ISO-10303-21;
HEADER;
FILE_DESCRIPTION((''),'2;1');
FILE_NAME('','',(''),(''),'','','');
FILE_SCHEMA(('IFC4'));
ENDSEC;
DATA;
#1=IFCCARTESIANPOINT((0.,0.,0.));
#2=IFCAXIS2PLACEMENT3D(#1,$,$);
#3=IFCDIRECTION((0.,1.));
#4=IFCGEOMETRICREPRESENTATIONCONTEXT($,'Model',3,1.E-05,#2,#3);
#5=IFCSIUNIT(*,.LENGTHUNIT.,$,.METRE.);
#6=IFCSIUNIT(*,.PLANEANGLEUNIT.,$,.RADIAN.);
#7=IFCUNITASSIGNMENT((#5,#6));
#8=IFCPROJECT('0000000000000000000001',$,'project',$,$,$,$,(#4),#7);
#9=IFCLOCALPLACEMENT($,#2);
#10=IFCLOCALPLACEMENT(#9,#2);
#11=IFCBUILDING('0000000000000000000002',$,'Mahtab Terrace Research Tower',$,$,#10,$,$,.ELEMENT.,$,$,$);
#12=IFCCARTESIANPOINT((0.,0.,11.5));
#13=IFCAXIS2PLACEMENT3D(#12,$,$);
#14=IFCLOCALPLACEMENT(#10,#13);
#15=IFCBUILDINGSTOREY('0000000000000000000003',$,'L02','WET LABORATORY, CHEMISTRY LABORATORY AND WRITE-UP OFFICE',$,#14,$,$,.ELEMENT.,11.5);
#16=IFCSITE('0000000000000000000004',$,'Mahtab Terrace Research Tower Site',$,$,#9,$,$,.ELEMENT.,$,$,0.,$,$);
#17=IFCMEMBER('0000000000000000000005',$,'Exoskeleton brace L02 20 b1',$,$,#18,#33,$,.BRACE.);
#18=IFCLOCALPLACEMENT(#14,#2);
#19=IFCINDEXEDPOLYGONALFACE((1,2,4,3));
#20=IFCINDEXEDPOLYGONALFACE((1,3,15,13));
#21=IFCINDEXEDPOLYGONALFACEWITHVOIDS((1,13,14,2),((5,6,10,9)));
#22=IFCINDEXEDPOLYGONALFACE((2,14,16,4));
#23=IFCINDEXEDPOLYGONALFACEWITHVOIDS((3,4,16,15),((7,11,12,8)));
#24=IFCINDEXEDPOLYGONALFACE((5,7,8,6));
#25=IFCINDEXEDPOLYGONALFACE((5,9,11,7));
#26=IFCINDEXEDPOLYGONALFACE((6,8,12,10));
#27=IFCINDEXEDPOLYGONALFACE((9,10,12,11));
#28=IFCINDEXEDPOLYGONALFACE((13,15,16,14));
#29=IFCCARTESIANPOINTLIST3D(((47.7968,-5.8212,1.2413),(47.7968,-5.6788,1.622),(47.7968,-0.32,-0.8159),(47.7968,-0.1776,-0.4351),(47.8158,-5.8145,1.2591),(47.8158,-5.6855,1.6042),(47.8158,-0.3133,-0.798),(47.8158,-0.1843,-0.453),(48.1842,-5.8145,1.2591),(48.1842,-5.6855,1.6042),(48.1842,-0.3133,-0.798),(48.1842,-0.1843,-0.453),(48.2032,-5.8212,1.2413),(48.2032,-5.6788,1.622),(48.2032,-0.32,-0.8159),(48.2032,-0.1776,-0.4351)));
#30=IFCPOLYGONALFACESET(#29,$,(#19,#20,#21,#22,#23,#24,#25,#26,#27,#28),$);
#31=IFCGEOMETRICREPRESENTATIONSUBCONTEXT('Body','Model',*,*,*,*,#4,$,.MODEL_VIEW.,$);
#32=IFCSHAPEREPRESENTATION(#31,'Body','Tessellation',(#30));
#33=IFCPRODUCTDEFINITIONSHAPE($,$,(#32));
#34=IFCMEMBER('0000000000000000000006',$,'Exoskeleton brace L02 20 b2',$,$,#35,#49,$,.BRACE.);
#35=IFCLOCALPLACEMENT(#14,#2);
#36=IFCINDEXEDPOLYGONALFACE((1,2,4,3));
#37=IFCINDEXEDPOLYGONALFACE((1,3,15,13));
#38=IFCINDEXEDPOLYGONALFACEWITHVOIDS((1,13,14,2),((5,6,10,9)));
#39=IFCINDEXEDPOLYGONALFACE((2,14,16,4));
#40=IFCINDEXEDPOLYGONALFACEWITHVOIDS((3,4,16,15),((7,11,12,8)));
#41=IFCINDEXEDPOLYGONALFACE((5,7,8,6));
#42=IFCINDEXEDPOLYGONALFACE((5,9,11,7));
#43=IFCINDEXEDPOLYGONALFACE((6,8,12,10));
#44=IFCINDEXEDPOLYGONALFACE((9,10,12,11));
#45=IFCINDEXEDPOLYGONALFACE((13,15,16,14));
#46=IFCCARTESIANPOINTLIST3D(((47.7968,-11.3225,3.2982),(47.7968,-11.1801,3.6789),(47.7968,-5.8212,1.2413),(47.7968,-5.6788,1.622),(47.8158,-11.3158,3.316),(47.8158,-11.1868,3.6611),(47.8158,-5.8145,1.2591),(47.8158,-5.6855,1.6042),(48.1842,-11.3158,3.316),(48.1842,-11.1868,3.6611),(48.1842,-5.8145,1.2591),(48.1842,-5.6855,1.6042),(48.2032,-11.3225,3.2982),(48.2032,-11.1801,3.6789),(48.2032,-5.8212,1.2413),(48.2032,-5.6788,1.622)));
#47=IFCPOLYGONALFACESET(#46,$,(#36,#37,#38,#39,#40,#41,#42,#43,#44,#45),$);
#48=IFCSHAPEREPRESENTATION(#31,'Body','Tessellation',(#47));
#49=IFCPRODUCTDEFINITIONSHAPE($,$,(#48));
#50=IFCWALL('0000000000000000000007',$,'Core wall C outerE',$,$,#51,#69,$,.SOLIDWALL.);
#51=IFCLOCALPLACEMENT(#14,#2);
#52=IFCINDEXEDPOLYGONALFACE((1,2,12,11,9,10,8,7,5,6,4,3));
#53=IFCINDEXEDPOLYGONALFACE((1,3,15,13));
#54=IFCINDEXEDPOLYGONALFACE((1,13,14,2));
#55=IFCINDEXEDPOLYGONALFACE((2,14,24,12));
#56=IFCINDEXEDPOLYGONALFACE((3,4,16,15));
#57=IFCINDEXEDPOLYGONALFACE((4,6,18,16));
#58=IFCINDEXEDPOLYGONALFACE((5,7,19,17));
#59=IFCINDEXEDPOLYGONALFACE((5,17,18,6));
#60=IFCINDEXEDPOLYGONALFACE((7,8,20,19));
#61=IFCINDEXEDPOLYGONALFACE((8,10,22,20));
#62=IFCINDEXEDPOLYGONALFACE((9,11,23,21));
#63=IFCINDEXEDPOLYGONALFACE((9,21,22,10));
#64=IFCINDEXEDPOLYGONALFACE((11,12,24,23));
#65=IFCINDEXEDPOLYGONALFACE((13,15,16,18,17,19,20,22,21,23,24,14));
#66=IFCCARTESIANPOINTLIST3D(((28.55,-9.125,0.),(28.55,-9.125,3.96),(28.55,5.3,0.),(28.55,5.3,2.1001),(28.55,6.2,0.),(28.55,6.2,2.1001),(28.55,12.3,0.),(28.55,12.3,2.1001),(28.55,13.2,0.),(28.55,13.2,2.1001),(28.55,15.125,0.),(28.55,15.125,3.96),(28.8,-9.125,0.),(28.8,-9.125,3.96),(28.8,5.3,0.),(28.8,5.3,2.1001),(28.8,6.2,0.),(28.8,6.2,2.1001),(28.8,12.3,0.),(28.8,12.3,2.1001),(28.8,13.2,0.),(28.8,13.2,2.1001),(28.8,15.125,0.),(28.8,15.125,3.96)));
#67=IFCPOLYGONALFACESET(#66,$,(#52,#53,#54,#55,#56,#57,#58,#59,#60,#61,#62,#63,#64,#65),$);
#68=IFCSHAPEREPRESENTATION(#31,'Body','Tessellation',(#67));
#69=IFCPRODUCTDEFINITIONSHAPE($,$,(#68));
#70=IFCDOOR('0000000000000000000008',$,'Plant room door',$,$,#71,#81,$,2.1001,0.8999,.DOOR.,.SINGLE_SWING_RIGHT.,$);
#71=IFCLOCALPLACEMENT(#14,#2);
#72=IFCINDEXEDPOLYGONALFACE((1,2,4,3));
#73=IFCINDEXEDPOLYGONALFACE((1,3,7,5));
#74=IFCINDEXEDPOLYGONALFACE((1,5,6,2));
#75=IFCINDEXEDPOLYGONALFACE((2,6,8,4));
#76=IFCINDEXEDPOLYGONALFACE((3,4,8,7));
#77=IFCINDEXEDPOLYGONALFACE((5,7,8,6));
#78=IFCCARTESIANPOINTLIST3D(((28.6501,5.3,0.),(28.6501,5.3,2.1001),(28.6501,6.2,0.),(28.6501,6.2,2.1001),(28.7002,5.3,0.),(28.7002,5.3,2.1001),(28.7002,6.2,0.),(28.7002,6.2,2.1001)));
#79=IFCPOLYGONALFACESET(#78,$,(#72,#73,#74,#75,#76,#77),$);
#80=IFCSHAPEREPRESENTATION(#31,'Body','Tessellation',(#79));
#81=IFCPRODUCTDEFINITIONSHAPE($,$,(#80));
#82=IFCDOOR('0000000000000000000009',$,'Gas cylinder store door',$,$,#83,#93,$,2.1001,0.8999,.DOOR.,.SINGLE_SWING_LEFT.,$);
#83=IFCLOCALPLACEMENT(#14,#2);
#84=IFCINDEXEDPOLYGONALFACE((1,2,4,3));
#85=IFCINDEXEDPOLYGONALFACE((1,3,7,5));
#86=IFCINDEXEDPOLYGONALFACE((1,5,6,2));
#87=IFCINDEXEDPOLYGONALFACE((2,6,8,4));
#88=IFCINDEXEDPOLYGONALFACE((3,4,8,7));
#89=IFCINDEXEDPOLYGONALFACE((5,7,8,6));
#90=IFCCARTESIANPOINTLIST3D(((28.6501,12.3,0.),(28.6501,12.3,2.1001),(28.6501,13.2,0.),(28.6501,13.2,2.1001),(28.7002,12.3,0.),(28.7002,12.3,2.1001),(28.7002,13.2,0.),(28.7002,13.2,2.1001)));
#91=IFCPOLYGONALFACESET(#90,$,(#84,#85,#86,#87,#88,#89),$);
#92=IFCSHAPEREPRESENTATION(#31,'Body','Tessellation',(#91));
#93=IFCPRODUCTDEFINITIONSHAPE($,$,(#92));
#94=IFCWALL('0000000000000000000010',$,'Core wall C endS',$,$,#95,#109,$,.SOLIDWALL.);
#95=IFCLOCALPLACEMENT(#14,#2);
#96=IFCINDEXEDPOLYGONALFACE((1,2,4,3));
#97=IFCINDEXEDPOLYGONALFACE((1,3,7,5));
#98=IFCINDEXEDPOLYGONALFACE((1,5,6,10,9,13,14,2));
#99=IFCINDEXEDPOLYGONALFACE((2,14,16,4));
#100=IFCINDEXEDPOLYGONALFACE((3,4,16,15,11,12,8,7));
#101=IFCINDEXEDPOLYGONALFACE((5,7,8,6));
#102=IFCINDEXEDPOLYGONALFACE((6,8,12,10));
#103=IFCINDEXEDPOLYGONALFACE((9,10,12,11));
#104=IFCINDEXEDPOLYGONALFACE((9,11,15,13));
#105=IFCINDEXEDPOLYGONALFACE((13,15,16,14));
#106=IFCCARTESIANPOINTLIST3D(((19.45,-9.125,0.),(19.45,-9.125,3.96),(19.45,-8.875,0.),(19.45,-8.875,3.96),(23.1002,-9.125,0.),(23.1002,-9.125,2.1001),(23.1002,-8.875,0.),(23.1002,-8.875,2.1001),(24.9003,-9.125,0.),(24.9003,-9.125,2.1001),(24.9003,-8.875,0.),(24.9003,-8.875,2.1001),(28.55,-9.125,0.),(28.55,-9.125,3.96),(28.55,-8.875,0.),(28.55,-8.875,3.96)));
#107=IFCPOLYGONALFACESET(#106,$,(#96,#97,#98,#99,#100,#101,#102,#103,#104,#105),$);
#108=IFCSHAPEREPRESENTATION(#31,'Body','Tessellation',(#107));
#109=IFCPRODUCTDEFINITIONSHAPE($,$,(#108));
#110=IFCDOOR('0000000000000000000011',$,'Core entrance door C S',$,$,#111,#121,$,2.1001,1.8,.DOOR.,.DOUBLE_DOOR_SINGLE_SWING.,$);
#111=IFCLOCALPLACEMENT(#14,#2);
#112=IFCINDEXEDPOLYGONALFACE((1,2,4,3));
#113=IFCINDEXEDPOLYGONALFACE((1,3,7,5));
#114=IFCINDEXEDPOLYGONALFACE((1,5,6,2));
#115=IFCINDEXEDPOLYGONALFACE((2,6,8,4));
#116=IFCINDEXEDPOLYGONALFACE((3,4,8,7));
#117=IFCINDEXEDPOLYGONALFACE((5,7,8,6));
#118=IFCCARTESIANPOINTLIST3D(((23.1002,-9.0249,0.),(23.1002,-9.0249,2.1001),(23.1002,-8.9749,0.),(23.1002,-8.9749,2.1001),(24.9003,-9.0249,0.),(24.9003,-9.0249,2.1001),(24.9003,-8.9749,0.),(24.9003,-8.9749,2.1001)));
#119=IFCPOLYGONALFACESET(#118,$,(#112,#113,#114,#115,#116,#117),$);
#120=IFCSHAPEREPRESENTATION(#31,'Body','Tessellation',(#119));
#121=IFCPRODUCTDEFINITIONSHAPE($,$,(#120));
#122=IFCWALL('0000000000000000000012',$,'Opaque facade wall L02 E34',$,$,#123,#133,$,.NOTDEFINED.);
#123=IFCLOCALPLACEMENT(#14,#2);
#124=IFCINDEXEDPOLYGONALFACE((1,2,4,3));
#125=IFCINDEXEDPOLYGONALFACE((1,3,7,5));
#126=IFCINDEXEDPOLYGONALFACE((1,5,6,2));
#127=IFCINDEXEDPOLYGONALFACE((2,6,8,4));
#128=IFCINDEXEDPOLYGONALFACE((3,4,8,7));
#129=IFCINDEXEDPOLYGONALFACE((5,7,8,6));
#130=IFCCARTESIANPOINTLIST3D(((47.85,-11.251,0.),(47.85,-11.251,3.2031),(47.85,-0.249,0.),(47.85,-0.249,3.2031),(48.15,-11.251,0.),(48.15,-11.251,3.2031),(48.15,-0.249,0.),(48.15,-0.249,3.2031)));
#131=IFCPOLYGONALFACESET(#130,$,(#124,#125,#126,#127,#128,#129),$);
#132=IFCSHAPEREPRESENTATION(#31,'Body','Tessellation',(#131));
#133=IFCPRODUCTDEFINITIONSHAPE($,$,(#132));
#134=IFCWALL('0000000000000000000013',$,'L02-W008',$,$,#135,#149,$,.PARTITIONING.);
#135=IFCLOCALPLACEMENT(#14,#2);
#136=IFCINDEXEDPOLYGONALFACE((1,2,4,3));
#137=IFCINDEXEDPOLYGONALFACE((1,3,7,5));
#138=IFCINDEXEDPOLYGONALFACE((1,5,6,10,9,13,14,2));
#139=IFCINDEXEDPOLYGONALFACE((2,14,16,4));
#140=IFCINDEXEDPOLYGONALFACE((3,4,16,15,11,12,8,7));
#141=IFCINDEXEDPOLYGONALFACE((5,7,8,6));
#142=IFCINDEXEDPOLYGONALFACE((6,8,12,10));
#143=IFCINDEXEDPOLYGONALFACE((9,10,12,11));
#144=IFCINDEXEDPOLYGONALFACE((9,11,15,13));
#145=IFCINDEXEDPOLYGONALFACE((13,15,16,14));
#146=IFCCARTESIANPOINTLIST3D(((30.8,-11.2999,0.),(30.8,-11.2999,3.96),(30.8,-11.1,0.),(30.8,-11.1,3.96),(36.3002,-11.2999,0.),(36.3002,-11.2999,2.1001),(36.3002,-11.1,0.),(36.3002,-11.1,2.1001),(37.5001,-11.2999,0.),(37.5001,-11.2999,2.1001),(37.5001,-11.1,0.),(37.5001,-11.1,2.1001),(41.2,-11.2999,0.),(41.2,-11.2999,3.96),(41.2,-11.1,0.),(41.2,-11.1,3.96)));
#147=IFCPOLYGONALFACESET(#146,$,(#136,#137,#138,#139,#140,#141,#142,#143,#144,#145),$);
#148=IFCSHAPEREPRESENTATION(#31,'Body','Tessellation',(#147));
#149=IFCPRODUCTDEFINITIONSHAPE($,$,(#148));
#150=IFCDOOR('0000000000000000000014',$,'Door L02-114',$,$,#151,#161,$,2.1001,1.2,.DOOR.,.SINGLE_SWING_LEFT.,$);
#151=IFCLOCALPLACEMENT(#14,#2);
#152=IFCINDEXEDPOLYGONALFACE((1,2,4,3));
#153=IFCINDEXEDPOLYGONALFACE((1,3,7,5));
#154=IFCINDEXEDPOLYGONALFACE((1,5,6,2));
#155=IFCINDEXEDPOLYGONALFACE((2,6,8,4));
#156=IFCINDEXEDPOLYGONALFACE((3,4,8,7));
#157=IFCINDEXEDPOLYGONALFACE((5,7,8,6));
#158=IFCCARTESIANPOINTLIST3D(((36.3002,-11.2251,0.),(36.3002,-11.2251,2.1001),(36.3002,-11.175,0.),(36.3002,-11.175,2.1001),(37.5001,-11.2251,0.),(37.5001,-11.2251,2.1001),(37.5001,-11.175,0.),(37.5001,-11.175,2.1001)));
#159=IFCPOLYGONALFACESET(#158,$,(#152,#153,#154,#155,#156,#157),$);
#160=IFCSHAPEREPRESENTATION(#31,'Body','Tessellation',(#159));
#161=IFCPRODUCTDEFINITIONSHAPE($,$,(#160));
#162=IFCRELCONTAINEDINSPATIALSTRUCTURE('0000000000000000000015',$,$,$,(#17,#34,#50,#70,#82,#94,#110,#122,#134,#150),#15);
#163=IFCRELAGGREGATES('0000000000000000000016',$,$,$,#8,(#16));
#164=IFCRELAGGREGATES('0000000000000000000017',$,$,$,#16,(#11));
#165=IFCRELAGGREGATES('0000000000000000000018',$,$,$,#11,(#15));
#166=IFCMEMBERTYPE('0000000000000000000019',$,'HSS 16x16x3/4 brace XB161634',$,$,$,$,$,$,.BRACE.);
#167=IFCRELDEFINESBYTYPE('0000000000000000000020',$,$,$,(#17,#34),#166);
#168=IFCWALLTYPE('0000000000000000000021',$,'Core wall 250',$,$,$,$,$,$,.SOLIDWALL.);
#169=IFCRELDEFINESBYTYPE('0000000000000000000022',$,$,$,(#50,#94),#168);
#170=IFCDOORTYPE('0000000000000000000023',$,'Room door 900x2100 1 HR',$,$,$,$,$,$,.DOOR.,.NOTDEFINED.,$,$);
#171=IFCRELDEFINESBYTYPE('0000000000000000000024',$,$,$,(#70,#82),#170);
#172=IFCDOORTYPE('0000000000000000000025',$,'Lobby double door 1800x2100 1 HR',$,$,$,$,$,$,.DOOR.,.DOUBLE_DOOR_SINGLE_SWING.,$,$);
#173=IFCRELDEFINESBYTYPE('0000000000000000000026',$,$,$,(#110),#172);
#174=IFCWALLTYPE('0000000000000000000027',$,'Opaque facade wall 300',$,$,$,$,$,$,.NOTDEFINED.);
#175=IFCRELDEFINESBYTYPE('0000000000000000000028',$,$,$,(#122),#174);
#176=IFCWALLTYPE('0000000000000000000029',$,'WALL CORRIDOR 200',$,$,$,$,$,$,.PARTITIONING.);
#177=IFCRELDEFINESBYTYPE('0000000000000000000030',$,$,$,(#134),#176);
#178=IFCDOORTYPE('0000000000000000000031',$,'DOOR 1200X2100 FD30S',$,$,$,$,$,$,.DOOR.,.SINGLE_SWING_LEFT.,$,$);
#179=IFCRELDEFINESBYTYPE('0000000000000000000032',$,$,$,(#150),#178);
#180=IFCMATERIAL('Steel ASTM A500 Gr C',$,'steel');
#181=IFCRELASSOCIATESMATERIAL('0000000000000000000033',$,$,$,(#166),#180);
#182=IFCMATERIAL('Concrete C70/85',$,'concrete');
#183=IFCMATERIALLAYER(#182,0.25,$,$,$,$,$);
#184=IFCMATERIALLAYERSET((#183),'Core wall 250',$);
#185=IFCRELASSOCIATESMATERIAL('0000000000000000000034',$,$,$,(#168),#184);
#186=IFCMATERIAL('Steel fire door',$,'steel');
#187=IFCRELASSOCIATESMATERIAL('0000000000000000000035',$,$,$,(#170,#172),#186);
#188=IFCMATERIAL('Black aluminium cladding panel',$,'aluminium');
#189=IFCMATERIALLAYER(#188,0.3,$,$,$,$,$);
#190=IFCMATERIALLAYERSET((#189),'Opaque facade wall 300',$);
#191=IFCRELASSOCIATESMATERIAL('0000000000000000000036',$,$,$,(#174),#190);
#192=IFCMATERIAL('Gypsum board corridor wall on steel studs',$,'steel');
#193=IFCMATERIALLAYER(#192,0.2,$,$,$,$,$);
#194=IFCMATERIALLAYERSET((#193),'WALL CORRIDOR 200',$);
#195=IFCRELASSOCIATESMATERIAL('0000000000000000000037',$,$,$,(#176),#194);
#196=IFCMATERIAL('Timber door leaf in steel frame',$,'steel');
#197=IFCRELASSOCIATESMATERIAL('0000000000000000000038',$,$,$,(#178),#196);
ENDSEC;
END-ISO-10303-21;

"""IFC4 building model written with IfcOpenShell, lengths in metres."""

from ifc_helpers import new_model, si_unit, direction, frame, frame_2d, origin, origin_2d, place, context, subcontext, project, spatial, rectangle, hollow_rectangle, extrude, material, layer, layer_set, material_profile, profile_set, type_object, element, fill, save


model = new_model("IFC4")

# Units and contexts
model_context = context("Model", 3, precision=1e-05, world=origin(), true_north=direction((0.0, 1.0)))
body_context = subcontext(model_context, "Body", "Model", "MODEL_VIEW")
ifc_project = project(units=[si_unit("LENGTHUNIT", "METRE"), si_unit("PLANEANGLEUNIT", "RADIAN")], contexts=[model_context])

# Site, building, storey
site_placement = place(None, origin())
site = spatial("IfcSite", under=ifc_project, at=site_placement, Name="Mahtab Terrace Research Tower Site", CompositionType="ELEMENT", RefElevation=0.0)
building_placement = place(site_placement, origin())
building = spatial("IfcBuilding", under=site, at=building_placement, Name="Mahtab Terrace Research Tower", CompositionType="ELEMENT")
storey_placement = place(building_placement, frame((0.0, 0.0, 11.5)))
storey = spatial("IfcBuildingStorey", under=building, at=storey_placement, Name="L02", Description="WET LABORATORY, CHEMISTRY LABORATORY AND WRITE-UP OFFICE", CompositionType="ELEMENT", Elevation=11.5)

# Members
ifc_material_1 = material(Name="Steel ASTM A500 Gr C", Category="steel")
ifc_material_profile = material_profile(ifc_material_1, hollow_rectangle(XDim=0.4065, YDim=0.4065, WallThickness=0.019, at=origin_2d()), Name="HSS16X16X3/4")
ifc_profile_set = profile_set([ifc_material_profile], Name="Steel ASTM A500 Gr C")
member_type = type_object("IfcMemberType", Name="HSS 16x16x3/4 brace XB161634", PredefinedType="BRACE", material=ifc_profile_set)
for number, where, z_axis, x_axis, name in (
    (1, (48.0, -0.2488, -0.6255), (0.0, -0.936655, 0.350253), (1.0, 0.0, 0.0), "Exoskeleton brace L02 20 b1"),
    (2, (48.0, -5.75, 1.4316), (0.0, -0.936669, 0.350217), (1.0, 0.0, 0.0), "Exoskeleton brace L02 20 b2"),
):
    element("IfcMember", number, at=place(storey_placement, frame(where, z_axis=z_axis, x_axis=x_axis)), inside=storey, type_object=member_type, Name=name, PredefinedType="BRACE", context=body_context, shape_type="SweptSolid", body=[
        extrude(hollow_rectangle(XDim=0.4065, YDim=0.4065, WallThickness=0.019, at=origin_2d()), origin(), (0.0, 0.0, 1.0), 5.8733),
    ])

# Wall, openings, doors
ifc_material_2 = material(Name="Concrete C70/85", Category="concrete")
ifc_layer_1 = layer(ifc_material_2, 0.25)
ifc_layer_set_1 = layer_set([ifc_layer_1], Name="Core wall 250")
wall_type_1 = type_object("IfcWallType", Name="Core wall 250", PredefinedType="SOLIDWALL", material=ifc_layer_set_1)
wall_1_placement = place(storey_placement, frame((28.675, -9.125, 0.0), z_axis=(0.0, 0.0, 1.0), x_axis=(0.0, 1.0, 0.0)))
wall_1 = element("IfcWall", 3, at=wall_1_placement, inside=storey, type_object=wall_type_1, Name="Core wall C outerE", PredefinedType="SOLIDWALL", context=body_context, shape_type="SweptSolid", body=[
    extrude(rectangle(XDim=24.25, YDim=0.25, at=frame_2d((12.125, 0.0))), origin(), (0.0, 0.0, 1.0), 3.96),
])
opening_1_placement = place(wall_1_placement, frame((14.425, 0.0, 0.0)))
opening_1 = element("IfcOpeningElement", 4, at=opening_1_placement, cuts=wall_1, PredefinedType="OPENING", context=body_context, shape_type="SweptSolid", body=[
    extrude(rectangle(XDim=0.8999, YDim=2.1001, at=frame_2d((0.45, 1.05))), frame((0.0, 0.135, 0.0), z_axis=(0.0, -1.0, 0.0), x_axis=(1.0, 0.0, 0.0)), (0.0, 0.0, 1.0), 0.27),
])
opening_2_placement = place(wall_1_placement, frame((21.425, 0.0, 0.0)))
opening_2 = element("IfcOpeningElement", 5, at=opening_2_placement, cuts=wall_1, PredefinedType="OPENING", context=body_context, shape_type="SweptSolid", body=[
    extrude(rectangle(XDim=0.8999, YDim=2.1001, at=frame_2d((0.45, 1.05))), frame((0.0, 0.135, 0.0), z_axis=(0.0, -1.0, 0.0), x_axis=(1.0, 0.0, 0.0)), (0.0, 0.0, 1.0), 0.27),
])
ifc_material_3 = material(Name="Steel fire door", Category="steel")
door_type_1 = type_object("IfcDoorType", Name="Room door 900x2100 1 HR", OperationType="NOTDEFINED", PredefinedType="DOOR", material=ifc_material_3)
door_1_placement = place(opening_1_placement, origin())
door_1 = element("IfcDoor", 6, at=door_1_placement, inside=storey, type_object=door_type_1, Name="Plant room door", OperationType="SINGLE_SWING_RIGHT", OverallHeight=2.1001, OverallWidth=0.8999, PredefinedType="DOOR", context=body_context, shape_type="SweptSolid", body=[
    extrude(rectangle(XDim=0.8999, YDim=2.1001, at=frame_2d((0.45, 1.05))), frame((0.0, 0.0249, 0.0), z_axis=(0.0, -1.0, 0.0), x_axis=(1.0, 0.0, 0.0)), (0.0, 0.0, 1.0), 0.05),
])
fill(opening_1, door_1)
door_2_placement = place(opening_2_placement, origin())
door_2 = element("IfcDoor", 7, at=door_2_placement, inside=storey, type_object=door_type_1, Name="Gas cylinder store door", OperationType="SINGLE_SWING_LEFT", OverallHeight=2.1001, OverallWidth=0.8999, PredefinedType="DOOR", context=body_context, shape_type="SweptSolid", body=[
    extrude(rectangle(XDim=0.8999, YDim=2.1001, at=frame_2d((0.45, 1.05))), frame((0.0, 0.0249, 0.0), z_axis=(0.0, -1.0, 0.0), x_axis=(1.0, 0.0, 0.0)), (0.0, 0.0, 1.0), 0.05),
])
fill(opening_2, door_2)

# Wall, opening, door
wall_2_placement = place(storey_placement, frame((28.55, -9.0, 0.0), z_axis=(0.0, 0.0, 1.0), x_axis=(-1.0, 0.0, 0.0)))
wall_2 = element("IfcWall", 8, at=wall_2_placement, inside=storey, type_object=wall_type_1, Name="Core wall C endS", PredefinedType="SOLIDWALL", context=body_context, shape_type="SweptSolid", body=[
    extrude(rectangle(XDim=9.1001, YDim=0.25, at=frame_2d((4.55, 0.0))), origin(), (0.0, 0.0, 1.0), 3.96),
])
opening_3_placement = place(wall_2_placement, frame((3.6499, 0.0, 0.0)))
opening_3 = element("IfcOpeningElement", 9, at=opening_3_placement, cuts=wall_2, PredefinedType="OPENING", context=body_context, shape_type="SweptSolid", body=[
    extrude(rectangle(XDim=1.8, YDim=2.1001, at=frame_2d((0.8999, 1.05))), frame((0.0, 0.135, 0.0), z_axis=(0.0, -1.0, 0.0), x_axis=(1.0, 0.0, 0.0)), (0.0, 0.0, 1.0), 0.27),
])
door_type_2 = type_object("IfcDoorType", Name="Lobby double door 1800x2100 1 HR", OperationType="DOUBLE_DOOR_SINGLE_SWING", PredefinedType="DOOR", material=ifc_material_3)
door_3_placement = place(opening_3_placement, origin())
door_3 = element("IfcDoor", 10, at=door_3_placement, inside=storey, type_object=door_type_2, Name="Core entrance door C S", OperationType="DOUBLE_DOOR_SINGLE_SWING", OverallHeight=2.1001, OverallWidth=1.8, PredefinedType="DOOR", context=body_context, shape_type="SweptSolid", body=[
    extrude(rectangle(XDim=1.8, YDim=2.1001, at=frame_2d((0.8999, 1.05))), frame((0.0, 0.0249, 0.0), z_axis=(0.0, -1.0, 0.0), x_axis=(1.0, 0.0, 0.0)), (0.0, 0.0, 1.0), 0.05),
])
fill(opening_3, door_3)

# Wall
ifc_material_4 = material(Name="Black aluminium cladding panel", Category="aluminium")
ifc_layer_2 = layer(ifc_material_4, 0.3)
ifc_layer_set_2 = layer_set([ifc_layer_2], Name="Opaque facade wall 300")
wall_type_2 = type_object("IfcWallType", Name="Opaque facade wall 300", PredefinedType="NOTDEFINED", material=ifc_layer_set_2)
wall_3_placement = place(storey_placement, frame((48.0, -11.251, 0.0), z_axis=(0.0, 0.0, 1.0), x_axis=(0.0, 1.0, 0.0)))
element("IfcWall", 11, at=wall_3_placement, inside=storey, type_object=wall_type_2, Name="Opaque facade wall L02 E34", PredefinedType="NOTDEFINED", context=body_context, shape_type="SweptSolid", body=[
    extrude(rectangle(XDim=11.002, YDim=0.3, at=frame_2d((5.501, 0.0))), origin(), (0.0, 0.0, 1.0), 3.2031),
])

# Wall, opening, door
ifc_material_5 = material(Name="Gypsum board corridor wall on steel studs", Category="steel")
ifc_layer_3 = layer(ifc_material_5, 0.2)
ifc_layer_set_3 = layer_set([ifc_layer_3], Name="WALL CORRIDOR 200")
wall_type_3 = type_object("IfcWallType", Name="WALL CORRIDOR 200", PredefinedType="PARTITIONING", material=ifc_layer_set_3)
wall_4_placement = place(storey_placement, frame((30.8, -11.2, 0.0), z_axis=(0.0, 0.0, 1.0), x_axis=(1.0, 0.0, 0.0)))
wall_4 = element("IfcWall", 12, at=wall_4_placement, inside=storey, type_object=wall_type_3, Name="L02-W008", PredefinedType="PARTITIONING", context=body_context, shape_type="SweptSolid", body=[
    extrude(rectangle(XDim=10.3999, YDim=0.2, at=frame_2d((5.2, 0.0))), origin(), (0.0, 0.0, 1.0), 3.96),
])
opening_4_placement = place(wall_4_placement, frame((5.5, 0.0, 0.0)))
opening_4 = element("IfcOpeningElement", 13, at=opening_4_placement, cuts=wall_4, PredefinedType="OPENING", context=body_context, shape_type="SweptSolid", body=[
    extrude(rectangle(XDim=1.2, YDim=2.1001, at=frame_2d((0.6001, 1.05))), frame((0.0, 0.1099, 0.0), z_axis=(0.0, -1.0, 0.0), x_axis=(1.0, 0.0, 0.0)), (0.0, 0.0, 1.0), 0.22),
])
ifc_material_6 = material(Name="Timber door leaf in steel frame", Category="steel")
door_type_3 = type_object("IfcDoorType", Name="DOOR 1200X2100 FD30S", OperationType="SINGLE_SWING_LEFT", PredefinedType="DOOR", material=ifc_material_6)
door_4_placement = place(opening_4_placement, origin())
door_4 = element("IfcDoor", 14, at=door_4_placement, inside=storey, type_object=door_type_3, Name="Door L02-114", OperationType="SINGLE_SWING_LEFT", OverallHeight=2.1001, OverallWidth=1.2, PredefinedType="DOOR", context=body_context, shape_type="SweptSolid", body=[
    extrude(rectangle(XDim=1.2, YDim=2.1001, at=frame_2d((0.6001, 1.05))), frame((0.0, 0.0249, 0.0), z_axis=(0.0, -1.0, 0.0), x_axis=(1.0, 0.0, 0.0)), (0.0, 0.0, 1.0), 0.05),
])
fill(opening_4, door_4)

save(model, "model.ifc")
